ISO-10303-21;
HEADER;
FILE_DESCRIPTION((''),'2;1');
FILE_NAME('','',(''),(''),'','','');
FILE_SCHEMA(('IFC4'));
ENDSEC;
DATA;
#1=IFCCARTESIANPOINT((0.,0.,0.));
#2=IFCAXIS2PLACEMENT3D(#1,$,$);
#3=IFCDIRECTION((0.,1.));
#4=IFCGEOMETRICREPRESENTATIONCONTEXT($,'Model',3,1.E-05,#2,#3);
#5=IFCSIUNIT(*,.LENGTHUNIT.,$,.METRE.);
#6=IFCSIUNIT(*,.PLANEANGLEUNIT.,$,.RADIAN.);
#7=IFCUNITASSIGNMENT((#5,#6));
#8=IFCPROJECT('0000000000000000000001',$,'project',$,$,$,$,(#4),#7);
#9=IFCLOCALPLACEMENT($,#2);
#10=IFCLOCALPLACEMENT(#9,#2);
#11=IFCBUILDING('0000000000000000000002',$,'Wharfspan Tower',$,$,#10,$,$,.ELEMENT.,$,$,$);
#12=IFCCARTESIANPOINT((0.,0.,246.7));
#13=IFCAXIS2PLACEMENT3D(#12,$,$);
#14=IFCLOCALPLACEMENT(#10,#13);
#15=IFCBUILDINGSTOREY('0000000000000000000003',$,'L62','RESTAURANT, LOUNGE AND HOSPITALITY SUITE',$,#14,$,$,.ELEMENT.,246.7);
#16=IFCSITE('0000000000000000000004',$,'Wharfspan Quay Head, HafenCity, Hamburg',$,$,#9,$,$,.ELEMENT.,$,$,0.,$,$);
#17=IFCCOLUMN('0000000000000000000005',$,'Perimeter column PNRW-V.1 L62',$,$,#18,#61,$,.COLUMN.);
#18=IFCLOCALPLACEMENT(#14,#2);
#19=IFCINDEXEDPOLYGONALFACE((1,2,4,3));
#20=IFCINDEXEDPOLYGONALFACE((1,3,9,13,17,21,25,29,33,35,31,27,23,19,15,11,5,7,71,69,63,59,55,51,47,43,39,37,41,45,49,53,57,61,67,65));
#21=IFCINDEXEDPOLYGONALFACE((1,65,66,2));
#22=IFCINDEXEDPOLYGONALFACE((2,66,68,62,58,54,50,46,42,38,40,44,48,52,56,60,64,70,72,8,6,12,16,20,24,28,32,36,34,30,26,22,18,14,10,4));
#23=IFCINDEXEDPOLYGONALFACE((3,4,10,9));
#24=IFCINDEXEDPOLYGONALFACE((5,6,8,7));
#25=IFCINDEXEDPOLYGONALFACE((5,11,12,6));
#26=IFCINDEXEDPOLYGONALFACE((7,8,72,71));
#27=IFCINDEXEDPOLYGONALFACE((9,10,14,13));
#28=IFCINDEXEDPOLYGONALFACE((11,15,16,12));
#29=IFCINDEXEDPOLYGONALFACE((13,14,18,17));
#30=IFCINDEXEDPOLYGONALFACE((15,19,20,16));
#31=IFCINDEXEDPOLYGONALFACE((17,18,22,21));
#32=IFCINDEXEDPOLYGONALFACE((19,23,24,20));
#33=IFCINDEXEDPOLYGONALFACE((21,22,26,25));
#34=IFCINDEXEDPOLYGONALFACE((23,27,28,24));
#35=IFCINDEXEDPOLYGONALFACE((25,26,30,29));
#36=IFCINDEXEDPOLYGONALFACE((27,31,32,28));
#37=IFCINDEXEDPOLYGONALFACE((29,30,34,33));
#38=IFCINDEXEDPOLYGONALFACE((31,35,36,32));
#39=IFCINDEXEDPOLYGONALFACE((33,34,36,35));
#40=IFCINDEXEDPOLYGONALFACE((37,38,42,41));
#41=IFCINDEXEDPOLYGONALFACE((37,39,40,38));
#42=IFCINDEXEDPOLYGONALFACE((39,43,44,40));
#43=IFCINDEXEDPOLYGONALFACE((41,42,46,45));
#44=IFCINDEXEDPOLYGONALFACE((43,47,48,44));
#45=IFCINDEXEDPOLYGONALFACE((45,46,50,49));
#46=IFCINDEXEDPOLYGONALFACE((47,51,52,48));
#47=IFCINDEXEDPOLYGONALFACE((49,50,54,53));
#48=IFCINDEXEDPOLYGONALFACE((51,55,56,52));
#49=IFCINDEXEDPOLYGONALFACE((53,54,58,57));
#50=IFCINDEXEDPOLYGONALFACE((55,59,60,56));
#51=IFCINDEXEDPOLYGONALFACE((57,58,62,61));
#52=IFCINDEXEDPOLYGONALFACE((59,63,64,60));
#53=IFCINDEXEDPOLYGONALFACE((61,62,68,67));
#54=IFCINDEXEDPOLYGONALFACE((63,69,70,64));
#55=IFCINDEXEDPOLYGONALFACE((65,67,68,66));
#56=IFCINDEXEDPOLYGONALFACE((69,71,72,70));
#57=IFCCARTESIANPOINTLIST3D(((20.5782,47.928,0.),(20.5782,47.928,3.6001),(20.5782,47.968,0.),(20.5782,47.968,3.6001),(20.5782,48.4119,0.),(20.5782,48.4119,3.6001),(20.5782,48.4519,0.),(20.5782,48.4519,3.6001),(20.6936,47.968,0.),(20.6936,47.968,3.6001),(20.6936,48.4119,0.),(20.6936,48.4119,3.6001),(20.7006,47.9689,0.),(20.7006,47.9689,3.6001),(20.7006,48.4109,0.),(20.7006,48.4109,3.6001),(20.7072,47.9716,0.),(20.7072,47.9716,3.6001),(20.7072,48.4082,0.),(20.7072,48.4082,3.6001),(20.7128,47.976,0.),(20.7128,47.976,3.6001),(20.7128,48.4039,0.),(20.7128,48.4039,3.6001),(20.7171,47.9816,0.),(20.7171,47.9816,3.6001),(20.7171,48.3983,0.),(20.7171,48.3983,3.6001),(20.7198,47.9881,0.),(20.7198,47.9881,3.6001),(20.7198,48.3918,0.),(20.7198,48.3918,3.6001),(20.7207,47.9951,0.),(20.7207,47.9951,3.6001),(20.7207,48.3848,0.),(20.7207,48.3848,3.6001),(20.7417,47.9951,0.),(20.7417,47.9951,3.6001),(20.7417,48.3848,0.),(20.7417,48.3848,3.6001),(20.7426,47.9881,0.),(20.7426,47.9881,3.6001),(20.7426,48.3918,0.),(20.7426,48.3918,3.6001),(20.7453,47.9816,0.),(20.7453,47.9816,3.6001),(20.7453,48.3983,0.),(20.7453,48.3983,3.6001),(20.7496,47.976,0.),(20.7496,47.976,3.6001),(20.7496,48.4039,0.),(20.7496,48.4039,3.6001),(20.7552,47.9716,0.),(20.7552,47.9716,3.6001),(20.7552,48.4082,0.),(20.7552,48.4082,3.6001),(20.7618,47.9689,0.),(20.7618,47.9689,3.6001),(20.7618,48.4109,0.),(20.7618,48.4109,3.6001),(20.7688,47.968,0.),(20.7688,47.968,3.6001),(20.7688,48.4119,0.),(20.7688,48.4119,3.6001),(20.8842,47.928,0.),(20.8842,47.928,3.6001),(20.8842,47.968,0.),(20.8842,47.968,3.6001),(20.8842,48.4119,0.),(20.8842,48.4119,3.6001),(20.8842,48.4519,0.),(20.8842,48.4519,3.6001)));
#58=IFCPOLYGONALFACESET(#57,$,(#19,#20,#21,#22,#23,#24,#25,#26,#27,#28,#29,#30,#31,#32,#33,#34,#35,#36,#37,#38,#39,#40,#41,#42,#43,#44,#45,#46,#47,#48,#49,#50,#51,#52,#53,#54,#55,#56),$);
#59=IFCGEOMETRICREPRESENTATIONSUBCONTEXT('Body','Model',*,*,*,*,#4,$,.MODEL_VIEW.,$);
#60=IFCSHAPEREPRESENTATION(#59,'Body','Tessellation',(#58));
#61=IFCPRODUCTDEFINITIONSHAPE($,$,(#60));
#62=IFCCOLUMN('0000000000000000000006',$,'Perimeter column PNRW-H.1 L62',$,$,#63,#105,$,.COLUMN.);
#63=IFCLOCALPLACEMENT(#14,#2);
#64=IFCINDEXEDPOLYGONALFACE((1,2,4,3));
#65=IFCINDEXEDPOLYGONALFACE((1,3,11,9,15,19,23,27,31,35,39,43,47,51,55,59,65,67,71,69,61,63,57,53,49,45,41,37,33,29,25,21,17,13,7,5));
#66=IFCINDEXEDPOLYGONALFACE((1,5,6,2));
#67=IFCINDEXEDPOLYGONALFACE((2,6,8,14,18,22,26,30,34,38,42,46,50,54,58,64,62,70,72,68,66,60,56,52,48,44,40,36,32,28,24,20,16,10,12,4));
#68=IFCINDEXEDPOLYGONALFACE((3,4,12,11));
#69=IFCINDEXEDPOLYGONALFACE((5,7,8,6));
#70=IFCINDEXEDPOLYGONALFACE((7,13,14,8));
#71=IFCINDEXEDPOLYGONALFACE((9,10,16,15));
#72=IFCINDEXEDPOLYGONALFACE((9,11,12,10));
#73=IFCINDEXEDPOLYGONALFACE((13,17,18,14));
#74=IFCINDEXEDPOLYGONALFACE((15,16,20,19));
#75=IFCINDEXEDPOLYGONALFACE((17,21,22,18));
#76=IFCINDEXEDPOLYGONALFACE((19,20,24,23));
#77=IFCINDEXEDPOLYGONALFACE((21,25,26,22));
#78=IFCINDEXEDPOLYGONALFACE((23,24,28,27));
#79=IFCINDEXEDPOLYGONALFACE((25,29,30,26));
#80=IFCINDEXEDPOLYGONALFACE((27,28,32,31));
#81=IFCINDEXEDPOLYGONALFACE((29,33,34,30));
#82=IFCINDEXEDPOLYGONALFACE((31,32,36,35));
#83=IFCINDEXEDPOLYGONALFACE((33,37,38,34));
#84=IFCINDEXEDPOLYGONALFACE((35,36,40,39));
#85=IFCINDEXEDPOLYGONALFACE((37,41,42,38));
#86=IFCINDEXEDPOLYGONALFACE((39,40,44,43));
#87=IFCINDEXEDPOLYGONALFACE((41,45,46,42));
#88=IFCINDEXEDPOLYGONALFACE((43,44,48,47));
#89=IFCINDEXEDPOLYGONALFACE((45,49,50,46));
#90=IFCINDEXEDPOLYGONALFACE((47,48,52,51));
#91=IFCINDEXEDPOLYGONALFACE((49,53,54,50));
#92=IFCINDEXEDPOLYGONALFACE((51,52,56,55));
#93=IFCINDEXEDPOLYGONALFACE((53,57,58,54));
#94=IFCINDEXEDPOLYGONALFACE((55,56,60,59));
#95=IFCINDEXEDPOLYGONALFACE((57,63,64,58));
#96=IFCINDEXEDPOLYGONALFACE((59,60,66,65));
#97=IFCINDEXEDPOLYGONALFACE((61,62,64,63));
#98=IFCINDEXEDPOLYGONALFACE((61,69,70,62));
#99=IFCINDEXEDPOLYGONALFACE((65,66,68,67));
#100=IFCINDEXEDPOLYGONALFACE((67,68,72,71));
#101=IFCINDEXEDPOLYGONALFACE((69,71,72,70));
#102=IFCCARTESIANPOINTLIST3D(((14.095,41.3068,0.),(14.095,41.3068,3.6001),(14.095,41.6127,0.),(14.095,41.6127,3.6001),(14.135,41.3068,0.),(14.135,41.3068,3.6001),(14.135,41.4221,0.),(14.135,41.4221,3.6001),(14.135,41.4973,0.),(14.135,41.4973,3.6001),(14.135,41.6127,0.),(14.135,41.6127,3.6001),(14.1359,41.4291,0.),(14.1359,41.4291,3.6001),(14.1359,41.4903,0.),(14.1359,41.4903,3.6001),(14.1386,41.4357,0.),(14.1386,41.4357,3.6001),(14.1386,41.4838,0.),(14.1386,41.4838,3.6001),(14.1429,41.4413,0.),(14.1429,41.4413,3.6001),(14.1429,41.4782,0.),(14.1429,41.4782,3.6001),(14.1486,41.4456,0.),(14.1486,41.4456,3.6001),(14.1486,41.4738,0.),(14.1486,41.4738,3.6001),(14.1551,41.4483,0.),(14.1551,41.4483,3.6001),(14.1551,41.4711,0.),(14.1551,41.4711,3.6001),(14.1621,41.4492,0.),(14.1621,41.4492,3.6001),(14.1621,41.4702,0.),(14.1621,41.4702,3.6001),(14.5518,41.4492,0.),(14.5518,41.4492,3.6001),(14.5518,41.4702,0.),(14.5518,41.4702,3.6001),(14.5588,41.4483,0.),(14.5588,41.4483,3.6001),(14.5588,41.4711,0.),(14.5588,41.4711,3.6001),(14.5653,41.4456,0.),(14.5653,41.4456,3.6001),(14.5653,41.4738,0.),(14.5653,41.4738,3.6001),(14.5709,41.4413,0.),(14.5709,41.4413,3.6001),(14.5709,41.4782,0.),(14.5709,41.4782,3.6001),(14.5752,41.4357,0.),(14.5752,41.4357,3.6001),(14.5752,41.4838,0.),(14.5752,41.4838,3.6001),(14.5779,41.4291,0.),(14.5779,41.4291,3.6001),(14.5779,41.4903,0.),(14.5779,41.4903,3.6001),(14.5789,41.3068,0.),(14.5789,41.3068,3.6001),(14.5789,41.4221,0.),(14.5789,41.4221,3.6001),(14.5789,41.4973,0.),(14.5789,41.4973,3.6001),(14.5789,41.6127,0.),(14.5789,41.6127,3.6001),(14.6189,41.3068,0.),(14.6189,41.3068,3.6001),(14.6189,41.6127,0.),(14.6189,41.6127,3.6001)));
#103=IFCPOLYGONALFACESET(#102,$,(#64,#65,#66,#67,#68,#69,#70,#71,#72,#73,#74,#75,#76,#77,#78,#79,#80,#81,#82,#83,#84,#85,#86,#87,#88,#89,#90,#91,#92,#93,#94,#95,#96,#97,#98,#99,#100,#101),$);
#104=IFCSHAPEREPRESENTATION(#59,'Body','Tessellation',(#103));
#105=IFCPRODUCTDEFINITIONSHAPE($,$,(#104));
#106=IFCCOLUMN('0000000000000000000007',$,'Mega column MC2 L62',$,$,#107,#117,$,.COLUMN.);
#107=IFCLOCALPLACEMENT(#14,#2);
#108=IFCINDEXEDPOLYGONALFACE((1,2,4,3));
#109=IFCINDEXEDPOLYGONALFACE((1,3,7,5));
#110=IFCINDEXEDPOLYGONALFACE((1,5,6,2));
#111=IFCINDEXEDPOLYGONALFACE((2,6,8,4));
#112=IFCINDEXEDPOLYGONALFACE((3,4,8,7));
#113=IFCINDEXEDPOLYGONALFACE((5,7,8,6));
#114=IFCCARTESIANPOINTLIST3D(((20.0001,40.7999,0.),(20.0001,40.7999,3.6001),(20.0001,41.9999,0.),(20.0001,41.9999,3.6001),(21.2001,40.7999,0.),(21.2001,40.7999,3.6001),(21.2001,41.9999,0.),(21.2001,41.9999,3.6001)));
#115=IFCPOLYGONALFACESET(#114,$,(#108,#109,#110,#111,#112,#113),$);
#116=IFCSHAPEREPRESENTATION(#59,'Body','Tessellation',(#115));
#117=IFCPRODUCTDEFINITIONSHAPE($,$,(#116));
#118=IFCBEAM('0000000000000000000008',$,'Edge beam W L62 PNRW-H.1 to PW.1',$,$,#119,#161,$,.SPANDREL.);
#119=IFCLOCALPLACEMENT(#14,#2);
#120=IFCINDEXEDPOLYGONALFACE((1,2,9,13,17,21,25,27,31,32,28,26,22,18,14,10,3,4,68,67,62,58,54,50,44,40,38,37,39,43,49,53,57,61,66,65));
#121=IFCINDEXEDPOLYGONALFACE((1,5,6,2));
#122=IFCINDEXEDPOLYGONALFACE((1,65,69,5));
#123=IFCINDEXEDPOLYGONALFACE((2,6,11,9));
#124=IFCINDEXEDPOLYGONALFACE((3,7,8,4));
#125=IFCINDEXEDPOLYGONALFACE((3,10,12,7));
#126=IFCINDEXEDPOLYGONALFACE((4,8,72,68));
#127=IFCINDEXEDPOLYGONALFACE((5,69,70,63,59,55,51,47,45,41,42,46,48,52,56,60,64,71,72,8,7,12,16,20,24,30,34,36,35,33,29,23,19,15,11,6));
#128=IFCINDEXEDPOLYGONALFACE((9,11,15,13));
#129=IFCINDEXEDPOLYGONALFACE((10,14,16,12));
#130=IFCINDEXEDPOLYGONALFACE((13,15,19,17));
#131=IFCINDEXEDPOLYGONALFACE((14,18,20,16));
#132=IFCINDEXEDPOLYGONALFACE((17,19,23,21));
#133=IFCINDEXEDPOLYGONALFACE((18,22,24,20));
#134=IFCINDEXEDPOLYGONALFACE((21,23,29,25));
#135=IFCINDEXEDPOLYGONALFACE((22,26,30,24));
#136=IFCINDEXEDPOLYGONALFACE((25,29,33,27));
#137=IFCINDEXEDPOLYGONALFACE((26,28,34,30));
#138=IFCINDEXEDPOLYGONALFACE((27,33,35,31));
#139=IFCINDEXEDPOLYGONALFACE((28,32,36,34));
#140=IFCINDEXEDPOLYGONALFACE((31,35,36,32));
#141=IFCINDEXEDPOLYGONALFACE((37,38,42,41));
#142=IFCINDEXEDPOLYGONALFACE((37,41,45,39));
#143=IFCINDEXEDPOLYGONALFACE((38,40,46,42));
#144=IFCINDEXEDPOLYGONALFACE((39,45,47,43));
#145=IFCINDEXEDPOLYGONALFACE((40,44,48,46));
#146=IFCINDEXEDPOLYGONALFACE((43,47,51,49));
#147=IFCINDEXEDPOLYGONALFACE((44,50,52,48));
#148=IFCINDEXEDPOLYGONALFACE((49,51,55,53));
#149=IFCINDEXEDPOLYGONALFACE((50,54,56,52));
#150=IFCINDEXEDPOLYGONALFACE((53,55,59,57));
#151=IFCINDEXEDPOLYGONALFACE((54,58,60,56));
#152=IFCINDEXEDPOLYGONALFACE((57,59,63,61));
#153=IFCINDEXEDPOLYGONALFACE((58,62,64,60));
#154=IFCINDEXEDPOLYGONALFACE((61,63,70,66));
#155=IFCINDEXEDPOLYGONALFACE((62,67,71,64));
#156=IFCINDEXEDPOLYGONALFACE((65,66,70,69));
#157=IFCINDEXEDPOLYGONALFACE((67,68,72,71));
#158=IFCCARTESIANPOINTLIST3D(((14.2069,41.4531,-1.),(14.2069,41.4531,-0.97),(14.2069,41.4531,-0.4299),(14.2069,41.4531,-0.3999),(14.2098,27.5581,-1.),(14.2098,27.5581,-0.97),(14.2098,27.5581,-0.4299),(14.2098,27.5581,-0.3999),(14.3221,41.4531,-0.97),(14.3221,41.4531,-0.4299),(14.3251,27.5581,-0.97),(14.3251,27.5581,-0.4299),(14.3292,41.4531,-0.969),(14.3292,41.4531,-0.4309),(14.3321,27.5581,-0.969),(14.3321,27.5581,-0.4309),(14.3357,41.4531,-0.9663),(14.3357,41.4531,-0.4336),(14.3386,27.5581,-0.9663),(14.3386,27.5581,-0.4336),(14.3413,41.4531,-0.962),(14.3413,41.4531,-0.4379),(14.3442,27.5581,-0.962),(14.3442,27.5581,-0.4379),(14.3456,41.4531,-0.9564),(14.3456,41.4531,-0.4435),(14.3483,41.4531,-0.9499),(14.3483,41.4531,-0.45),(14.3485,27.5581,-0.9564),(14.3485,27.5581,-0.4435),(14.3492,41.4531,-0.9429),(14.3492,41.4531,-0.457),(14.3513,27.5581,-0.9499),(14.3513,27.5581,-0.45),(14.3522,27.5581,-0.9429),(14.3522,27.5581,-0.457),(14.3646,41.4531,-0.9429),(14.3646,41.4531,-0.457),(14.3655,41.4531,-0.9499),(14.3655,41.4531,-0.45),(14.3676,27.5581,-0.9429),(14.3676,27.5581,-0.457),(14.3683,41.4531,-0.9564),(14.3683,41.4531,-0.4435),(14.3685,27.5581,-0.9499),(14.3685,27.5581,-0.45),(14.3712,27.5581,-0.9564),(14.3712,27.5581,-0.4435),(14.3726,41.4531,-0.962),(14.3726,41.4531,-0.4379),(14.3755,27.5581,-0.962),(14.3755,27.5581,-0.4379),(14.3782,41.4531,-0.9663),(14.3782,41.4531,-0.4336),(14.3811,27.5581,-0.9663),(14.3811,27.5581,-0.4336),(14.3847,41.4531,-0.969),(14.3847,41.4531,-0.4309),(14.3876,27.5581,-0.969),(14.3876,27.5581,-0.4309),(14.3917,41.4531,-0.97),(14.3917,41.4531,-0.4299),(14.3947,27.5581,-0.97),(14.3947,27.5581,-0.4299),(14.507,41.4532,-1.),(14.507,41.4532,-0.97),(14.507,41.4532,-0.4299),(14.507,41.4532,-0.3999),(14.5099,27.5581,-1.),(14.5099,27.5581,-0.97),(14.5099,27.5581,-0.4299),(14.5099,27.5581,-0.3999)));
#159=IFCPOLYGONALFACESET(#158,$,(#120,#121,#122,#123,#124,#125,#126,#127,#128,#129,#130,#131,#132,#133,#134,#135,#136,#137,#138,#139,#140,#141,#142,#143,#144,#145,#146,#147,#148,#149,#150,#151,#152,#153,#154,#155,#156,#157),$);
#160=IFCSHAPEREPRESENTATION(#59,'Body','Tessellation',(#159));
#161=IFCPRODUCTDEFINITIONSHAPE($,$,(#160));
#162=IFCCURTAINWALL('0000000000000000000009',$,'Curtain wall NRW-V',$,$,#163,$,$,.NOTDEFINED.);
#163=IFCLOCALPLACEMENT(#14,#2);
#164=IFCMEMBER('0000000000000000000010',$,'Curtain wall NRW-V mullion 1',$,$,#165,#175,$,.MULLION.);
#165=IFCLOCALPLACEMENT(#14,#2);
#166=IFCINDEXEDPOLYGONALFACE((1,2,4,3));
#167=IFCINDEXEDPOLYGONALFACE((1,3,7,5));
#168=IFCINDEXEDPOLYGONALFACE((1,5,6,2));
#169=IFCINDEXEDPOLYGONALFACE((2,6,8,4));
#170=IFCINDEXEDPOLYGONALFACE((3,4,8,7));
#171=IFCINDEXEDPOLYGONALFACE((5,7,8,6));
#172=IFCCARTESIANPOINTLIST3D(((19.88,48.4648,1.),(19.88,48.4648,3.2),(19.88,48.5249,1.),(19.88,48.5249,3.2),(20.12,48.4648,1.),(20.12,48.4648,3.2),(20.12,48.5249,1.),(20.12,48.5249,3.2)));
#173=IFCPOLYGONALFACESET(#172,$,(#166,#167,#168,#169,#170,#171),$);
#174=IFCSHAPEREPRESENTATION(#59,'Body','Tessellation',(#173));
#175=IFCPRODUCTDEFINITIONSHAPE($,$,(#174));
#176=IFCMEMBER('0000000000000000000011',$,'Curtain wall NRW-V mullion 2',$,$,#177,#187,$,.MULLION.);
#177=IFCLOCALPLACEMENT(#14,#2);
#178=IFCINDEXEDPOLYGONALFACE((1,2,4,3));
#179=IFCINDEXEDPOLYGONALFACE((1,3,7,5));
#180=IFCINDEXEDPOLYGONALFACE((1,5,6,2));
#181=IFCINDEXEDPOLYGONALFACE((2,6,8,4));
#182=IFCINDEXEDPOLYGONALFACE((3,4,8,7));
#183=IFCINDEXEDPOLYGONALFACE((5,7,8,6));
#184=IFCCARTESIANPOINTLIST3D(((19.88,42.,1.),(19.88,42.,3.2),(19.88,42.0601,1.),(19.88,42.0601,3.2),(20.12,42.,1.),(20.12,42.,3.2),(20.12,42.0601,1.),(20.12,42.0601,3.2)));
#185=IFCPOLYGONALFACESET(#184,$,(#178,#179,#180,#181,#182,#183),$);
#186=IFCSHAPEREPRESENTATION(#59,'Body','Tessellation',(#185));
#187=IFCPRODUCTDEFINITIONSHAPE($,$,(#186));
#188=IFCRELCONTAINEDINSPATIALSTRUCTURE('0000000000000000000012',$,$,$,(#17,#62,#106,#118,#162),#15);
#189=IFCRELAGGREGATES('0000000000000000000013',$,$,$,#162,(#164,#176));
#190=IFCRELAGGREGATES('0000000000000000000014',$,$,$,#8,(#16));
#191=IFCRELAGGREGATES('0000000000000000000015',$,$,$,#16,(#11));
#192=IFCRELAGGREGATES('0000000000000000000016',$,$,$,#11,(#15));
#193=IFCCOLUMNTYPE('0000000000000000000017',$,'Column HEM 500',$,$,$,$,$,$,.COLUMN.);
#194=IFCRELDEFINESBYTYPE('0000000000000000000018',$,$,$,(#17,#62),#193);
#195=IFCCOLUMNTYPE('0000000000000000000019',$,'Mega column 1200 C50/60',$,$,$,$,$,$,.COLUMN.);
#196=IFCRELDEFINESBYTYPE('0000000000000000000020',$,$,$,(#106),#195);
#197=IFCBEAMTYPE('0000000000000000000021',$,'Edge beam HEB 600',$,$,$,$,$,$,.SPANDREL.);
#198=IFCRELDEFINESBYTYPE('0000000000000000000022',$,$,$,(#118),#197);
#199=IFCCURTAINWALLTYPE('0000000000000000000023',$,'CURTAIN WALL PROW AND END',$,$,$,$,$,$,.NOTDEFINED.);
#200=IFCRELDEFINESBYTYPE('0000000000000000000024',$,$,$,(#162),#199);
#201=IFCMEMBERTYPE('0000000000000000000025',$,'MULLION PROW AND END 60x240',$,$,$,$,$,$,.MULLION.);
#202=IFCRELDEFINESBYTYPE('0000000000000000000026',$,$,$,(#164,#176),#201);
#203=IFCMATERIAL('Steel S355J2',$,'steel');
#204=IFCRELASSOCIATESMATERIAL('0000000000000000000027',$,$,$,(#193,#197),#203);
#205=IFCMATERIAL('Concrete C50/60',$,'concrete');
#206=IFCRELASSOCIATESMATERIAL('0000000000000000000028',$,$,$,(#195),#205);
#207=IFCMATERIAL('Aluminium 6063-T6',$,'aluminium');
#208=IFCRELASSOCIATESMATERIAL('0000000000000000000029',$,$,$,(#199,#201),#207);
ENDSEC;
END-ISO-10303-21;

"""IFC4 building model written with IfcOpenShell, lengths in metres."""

from ifc_helpers import new_model, si_unit, direction, frame, origin, origin_2d, place, context, subcontext, project, spatial, rectangle, i_section, extrude, material, material_profile, profile_set, type_object, element, aggregate, save


model = new_model("IFC4")

# Units and contexts
model_context = context("Model", 3, precision=1e-05, world=origin(), true_north=direction((0.0, 1.0)))
body_context = subcontext(model_context, "Body", "Model", "MODEL_VIEW")
ifc_project = project(units=[si_unit("LENGTHUNIT", "METRE"), si_unit("PLANEANGLEUNIT", "RADIAN")], contexts=[model_context])

# Site, building, storey
site_placement = place(None, origin())
site = spatial("IfcSite", under=ifc_project, at=site_placement, Name="Wharfspan Quay Head, HafenCity, Hamburg", CompositionType="ELEMENT", RefElevation=0.0)
building_placement = place(site_placement, origin())
building = spatial("IfcBuilding", under=site, at=building_placement, Name="Wharfspan Tower", CompositionType="ELEMENT")
storey_placement = place(building_placement, frame((0.0, 0.0, 246.7)))
storey = spatial("IfcBuildingStorey", under=building, at=storey_placement, Name="L62", Description="RESTAURANT, LOUNGE AND HOSPITALITY SUITE", CompositionType="ELEMENT", Elevation=246.7)

# Columns
ifc_material_1 = material(Name="Steel S355J2", Category="steel")
ifc_material_profile_1 = material_profile(ifc_material_1, i_section(OverallWidth=0.3059, OverallDepth=0.5239, WebThickness=0.021, FlangeThickness=0.04, FilletRadius=0.0271, at=origin_2d()))
ifc_profile_set_1 = profile_set([ifc_material_profile_1], Name="Steel S355J2")
column_type_1 = type_object("IfcColumnType", Name="Column HEM 500", PredefinedType="COLUMN", material=ifc_profile_set_1)
for number, where, z_axis, x_axis, name in (
    (1, (20.7312, 48.1899, 0.0), (0.0, 0.0, 1.0), (-1.0, 0.0, 0.0), "Perimeter column PNRW-V.1 L62"),
    (2, (14.3569, 41.4597, 0.0), (0.0, 0.0, 1.0), (0.0, 1.0, 0.0), "Perimeter column PNRW-H.1 L62"),
):
    element("IfcColumn", number, at=place(storey_placement, frame(where, z_axis=z_axis, x_axis=x_axis)), inside=storey, type_object=column_type_1, Name=name, PredefinedType="COLUMN", context=body_context, shape_type="SweptSolid", body=[
        extrude(i_section(OverallWidth=0.3059, OverallDepth=0.5239, WebThickness=0.021, FlangeThickness=0.04, FilletRadius=0.0271, at=origin_2d()), origin(), (0.0, 0.0, 1.0), 3.6001),
    ])
ifc_material_2 = material(Name="Concrete C50/60", Category="concrete")
ifc_material_profile_2 = material_profile(ifc_material_2, rectangle(XDim=1.2, YDim=1.2, at=origin_2d()))
ifc_profile_set_2 = profile_set([ifc_material_profile_2], Name="Concrete C50/60")
column_type_2 = type_object("IfcColumnType", Name="Mega column 1200 C50/60", PredefinedType="COLUMN", material=ifc_profile_set_2)
column_placement = place(storey_placement, frame((20.6001, 41.3999, 0.0), z_axis=(0.0, 0.0, 1.0), x_axis=(1.0, 0.0, 0.0)))
element("IfcColumn", 3, at=column_placement, inside=storey, type_object=column_type_2, Name="Mega column MC2 L62", PredefinedType="COLUMN", context=body_context, shape_type="SweptSolid", body=[
    extrude(rectangle(XDim=1.2, YDim=1.2, at=origin_2d()), origin(), (0.0, 0.0, 1.0), 3.6001),
])

# Beam
ifc_material_profile_3 = material_profile(ifc_material_1, i_section(OverallWidth=0.3, OverallDepth=0.6001, WebThickness=0.0154, FlangeThickness=0.03, FilletRadius=0.0271, at=origin_2d()))
ifc_profile_set_3 = profile_set([ifc_material_profile_3], Name="Steel S355J2")
beam_type = type_object("IfcBeamType", Name="Edge beam HEB 600", PredefinedType="SPANDREL", material=ifc_profile_set_3)
beam_placement = place(storey_placement, frame((14.3569, 41.4531, -0.7), z_axis=(0.000211, -1.0, 0.0), x_axis=(1.0, 0.000211, 0.0)))
element("IfcBeam", 4, at=beam_placement, inside=storey, type_object=beam_type, Name="Edge beam W L62 PNRW-H.1 to PW.1", PredefinedType="SPANDREL", context=body_context, shape_type="SweptSolid", body=[
    extrude(i_section(OverallWidth=0.3, OverallDepth=0.6001, WebThickness=0.0154, FlangeThickness=0.03, FilletRadius=0.0271, at=origin_2d()), origin(), (0.0, 0.0, 1.0), 13.895),
])

# Curtain wall, members
ifc_material_3 = material(Name="Aluminium 6063-T6", Category="aluminium")
curtain_wall_type = type_object("IfcCurtainWallType", Name="CURTAIN WALL PROW AND END", PredefinedType="NOTDEFINED", material=ifc_material_3)
curtain_wall_1_placement = place(storey_placement, origin())
curtain_wall_1 = element("IfcCurtainWall", 5, at=curtain_wall_1_placement, inside=storey, type_object=curtain_wall_type, Name="Curtain wall NRW-V", PredefinedType="NOTDEFINED")
ifc_material_profile_4 = material_profile(ifc_material_3, rectangle(XDim=0.24, YDim=0.0601, at=origin_2d()))
ifc_profile_set_4 = profile_set([ifc_material_profile_4], Name="Aluminium 6063-T6")
member_type_1 = type_object("IfcMemberType", Name="MULLION PROW AND END 60x240", PredefinedType="MULLION", material=ifc_profile_set_4)
member_1_placement = place(storey_placement, frame((20.0, 48.4949, 1.0), z_axis=(0.0, 0.0, 1.0), x_axis=(1.0, 0.0, 0.0)))
member_1 = element("IfcMember", 6, at=member_1_placement, type_object=member_type_1, Name="Curtain wall NRW-V mullion 1", PredefinedType="MULLION", context=body_context, shape_type="SweptSolid", body=[
    extrude(rectangle(XDim=0.24, YDim=0.0601, at=origin_2d()), origin(), (0.0, 0.0, 1.0), 2.2),
])
member_2_placement = place(storey_placement, frame((20.0, 42.03, 1.0), z_axis=(0.0, 0.0, 1.0), x_axis=(1.0, 0.0, 0.0)))
member_2 = element("IfcMember", 7, at=member_2_placement, type_object=member_type_1, Name="Curtain wall NRW-V mullion 2", PredefinedType="MULLION", context=body_context, shape_type="SweptSolid", body=[
    extrude(rectangle(XDim=0.24, YDim=0.0601, at=origin_2d()), origin(), (0.0, 0.0, 1.0), 2.2),
])

aggregate(curtain_wall_1, [member_1, member_2])

save(model, "model.ifc")
